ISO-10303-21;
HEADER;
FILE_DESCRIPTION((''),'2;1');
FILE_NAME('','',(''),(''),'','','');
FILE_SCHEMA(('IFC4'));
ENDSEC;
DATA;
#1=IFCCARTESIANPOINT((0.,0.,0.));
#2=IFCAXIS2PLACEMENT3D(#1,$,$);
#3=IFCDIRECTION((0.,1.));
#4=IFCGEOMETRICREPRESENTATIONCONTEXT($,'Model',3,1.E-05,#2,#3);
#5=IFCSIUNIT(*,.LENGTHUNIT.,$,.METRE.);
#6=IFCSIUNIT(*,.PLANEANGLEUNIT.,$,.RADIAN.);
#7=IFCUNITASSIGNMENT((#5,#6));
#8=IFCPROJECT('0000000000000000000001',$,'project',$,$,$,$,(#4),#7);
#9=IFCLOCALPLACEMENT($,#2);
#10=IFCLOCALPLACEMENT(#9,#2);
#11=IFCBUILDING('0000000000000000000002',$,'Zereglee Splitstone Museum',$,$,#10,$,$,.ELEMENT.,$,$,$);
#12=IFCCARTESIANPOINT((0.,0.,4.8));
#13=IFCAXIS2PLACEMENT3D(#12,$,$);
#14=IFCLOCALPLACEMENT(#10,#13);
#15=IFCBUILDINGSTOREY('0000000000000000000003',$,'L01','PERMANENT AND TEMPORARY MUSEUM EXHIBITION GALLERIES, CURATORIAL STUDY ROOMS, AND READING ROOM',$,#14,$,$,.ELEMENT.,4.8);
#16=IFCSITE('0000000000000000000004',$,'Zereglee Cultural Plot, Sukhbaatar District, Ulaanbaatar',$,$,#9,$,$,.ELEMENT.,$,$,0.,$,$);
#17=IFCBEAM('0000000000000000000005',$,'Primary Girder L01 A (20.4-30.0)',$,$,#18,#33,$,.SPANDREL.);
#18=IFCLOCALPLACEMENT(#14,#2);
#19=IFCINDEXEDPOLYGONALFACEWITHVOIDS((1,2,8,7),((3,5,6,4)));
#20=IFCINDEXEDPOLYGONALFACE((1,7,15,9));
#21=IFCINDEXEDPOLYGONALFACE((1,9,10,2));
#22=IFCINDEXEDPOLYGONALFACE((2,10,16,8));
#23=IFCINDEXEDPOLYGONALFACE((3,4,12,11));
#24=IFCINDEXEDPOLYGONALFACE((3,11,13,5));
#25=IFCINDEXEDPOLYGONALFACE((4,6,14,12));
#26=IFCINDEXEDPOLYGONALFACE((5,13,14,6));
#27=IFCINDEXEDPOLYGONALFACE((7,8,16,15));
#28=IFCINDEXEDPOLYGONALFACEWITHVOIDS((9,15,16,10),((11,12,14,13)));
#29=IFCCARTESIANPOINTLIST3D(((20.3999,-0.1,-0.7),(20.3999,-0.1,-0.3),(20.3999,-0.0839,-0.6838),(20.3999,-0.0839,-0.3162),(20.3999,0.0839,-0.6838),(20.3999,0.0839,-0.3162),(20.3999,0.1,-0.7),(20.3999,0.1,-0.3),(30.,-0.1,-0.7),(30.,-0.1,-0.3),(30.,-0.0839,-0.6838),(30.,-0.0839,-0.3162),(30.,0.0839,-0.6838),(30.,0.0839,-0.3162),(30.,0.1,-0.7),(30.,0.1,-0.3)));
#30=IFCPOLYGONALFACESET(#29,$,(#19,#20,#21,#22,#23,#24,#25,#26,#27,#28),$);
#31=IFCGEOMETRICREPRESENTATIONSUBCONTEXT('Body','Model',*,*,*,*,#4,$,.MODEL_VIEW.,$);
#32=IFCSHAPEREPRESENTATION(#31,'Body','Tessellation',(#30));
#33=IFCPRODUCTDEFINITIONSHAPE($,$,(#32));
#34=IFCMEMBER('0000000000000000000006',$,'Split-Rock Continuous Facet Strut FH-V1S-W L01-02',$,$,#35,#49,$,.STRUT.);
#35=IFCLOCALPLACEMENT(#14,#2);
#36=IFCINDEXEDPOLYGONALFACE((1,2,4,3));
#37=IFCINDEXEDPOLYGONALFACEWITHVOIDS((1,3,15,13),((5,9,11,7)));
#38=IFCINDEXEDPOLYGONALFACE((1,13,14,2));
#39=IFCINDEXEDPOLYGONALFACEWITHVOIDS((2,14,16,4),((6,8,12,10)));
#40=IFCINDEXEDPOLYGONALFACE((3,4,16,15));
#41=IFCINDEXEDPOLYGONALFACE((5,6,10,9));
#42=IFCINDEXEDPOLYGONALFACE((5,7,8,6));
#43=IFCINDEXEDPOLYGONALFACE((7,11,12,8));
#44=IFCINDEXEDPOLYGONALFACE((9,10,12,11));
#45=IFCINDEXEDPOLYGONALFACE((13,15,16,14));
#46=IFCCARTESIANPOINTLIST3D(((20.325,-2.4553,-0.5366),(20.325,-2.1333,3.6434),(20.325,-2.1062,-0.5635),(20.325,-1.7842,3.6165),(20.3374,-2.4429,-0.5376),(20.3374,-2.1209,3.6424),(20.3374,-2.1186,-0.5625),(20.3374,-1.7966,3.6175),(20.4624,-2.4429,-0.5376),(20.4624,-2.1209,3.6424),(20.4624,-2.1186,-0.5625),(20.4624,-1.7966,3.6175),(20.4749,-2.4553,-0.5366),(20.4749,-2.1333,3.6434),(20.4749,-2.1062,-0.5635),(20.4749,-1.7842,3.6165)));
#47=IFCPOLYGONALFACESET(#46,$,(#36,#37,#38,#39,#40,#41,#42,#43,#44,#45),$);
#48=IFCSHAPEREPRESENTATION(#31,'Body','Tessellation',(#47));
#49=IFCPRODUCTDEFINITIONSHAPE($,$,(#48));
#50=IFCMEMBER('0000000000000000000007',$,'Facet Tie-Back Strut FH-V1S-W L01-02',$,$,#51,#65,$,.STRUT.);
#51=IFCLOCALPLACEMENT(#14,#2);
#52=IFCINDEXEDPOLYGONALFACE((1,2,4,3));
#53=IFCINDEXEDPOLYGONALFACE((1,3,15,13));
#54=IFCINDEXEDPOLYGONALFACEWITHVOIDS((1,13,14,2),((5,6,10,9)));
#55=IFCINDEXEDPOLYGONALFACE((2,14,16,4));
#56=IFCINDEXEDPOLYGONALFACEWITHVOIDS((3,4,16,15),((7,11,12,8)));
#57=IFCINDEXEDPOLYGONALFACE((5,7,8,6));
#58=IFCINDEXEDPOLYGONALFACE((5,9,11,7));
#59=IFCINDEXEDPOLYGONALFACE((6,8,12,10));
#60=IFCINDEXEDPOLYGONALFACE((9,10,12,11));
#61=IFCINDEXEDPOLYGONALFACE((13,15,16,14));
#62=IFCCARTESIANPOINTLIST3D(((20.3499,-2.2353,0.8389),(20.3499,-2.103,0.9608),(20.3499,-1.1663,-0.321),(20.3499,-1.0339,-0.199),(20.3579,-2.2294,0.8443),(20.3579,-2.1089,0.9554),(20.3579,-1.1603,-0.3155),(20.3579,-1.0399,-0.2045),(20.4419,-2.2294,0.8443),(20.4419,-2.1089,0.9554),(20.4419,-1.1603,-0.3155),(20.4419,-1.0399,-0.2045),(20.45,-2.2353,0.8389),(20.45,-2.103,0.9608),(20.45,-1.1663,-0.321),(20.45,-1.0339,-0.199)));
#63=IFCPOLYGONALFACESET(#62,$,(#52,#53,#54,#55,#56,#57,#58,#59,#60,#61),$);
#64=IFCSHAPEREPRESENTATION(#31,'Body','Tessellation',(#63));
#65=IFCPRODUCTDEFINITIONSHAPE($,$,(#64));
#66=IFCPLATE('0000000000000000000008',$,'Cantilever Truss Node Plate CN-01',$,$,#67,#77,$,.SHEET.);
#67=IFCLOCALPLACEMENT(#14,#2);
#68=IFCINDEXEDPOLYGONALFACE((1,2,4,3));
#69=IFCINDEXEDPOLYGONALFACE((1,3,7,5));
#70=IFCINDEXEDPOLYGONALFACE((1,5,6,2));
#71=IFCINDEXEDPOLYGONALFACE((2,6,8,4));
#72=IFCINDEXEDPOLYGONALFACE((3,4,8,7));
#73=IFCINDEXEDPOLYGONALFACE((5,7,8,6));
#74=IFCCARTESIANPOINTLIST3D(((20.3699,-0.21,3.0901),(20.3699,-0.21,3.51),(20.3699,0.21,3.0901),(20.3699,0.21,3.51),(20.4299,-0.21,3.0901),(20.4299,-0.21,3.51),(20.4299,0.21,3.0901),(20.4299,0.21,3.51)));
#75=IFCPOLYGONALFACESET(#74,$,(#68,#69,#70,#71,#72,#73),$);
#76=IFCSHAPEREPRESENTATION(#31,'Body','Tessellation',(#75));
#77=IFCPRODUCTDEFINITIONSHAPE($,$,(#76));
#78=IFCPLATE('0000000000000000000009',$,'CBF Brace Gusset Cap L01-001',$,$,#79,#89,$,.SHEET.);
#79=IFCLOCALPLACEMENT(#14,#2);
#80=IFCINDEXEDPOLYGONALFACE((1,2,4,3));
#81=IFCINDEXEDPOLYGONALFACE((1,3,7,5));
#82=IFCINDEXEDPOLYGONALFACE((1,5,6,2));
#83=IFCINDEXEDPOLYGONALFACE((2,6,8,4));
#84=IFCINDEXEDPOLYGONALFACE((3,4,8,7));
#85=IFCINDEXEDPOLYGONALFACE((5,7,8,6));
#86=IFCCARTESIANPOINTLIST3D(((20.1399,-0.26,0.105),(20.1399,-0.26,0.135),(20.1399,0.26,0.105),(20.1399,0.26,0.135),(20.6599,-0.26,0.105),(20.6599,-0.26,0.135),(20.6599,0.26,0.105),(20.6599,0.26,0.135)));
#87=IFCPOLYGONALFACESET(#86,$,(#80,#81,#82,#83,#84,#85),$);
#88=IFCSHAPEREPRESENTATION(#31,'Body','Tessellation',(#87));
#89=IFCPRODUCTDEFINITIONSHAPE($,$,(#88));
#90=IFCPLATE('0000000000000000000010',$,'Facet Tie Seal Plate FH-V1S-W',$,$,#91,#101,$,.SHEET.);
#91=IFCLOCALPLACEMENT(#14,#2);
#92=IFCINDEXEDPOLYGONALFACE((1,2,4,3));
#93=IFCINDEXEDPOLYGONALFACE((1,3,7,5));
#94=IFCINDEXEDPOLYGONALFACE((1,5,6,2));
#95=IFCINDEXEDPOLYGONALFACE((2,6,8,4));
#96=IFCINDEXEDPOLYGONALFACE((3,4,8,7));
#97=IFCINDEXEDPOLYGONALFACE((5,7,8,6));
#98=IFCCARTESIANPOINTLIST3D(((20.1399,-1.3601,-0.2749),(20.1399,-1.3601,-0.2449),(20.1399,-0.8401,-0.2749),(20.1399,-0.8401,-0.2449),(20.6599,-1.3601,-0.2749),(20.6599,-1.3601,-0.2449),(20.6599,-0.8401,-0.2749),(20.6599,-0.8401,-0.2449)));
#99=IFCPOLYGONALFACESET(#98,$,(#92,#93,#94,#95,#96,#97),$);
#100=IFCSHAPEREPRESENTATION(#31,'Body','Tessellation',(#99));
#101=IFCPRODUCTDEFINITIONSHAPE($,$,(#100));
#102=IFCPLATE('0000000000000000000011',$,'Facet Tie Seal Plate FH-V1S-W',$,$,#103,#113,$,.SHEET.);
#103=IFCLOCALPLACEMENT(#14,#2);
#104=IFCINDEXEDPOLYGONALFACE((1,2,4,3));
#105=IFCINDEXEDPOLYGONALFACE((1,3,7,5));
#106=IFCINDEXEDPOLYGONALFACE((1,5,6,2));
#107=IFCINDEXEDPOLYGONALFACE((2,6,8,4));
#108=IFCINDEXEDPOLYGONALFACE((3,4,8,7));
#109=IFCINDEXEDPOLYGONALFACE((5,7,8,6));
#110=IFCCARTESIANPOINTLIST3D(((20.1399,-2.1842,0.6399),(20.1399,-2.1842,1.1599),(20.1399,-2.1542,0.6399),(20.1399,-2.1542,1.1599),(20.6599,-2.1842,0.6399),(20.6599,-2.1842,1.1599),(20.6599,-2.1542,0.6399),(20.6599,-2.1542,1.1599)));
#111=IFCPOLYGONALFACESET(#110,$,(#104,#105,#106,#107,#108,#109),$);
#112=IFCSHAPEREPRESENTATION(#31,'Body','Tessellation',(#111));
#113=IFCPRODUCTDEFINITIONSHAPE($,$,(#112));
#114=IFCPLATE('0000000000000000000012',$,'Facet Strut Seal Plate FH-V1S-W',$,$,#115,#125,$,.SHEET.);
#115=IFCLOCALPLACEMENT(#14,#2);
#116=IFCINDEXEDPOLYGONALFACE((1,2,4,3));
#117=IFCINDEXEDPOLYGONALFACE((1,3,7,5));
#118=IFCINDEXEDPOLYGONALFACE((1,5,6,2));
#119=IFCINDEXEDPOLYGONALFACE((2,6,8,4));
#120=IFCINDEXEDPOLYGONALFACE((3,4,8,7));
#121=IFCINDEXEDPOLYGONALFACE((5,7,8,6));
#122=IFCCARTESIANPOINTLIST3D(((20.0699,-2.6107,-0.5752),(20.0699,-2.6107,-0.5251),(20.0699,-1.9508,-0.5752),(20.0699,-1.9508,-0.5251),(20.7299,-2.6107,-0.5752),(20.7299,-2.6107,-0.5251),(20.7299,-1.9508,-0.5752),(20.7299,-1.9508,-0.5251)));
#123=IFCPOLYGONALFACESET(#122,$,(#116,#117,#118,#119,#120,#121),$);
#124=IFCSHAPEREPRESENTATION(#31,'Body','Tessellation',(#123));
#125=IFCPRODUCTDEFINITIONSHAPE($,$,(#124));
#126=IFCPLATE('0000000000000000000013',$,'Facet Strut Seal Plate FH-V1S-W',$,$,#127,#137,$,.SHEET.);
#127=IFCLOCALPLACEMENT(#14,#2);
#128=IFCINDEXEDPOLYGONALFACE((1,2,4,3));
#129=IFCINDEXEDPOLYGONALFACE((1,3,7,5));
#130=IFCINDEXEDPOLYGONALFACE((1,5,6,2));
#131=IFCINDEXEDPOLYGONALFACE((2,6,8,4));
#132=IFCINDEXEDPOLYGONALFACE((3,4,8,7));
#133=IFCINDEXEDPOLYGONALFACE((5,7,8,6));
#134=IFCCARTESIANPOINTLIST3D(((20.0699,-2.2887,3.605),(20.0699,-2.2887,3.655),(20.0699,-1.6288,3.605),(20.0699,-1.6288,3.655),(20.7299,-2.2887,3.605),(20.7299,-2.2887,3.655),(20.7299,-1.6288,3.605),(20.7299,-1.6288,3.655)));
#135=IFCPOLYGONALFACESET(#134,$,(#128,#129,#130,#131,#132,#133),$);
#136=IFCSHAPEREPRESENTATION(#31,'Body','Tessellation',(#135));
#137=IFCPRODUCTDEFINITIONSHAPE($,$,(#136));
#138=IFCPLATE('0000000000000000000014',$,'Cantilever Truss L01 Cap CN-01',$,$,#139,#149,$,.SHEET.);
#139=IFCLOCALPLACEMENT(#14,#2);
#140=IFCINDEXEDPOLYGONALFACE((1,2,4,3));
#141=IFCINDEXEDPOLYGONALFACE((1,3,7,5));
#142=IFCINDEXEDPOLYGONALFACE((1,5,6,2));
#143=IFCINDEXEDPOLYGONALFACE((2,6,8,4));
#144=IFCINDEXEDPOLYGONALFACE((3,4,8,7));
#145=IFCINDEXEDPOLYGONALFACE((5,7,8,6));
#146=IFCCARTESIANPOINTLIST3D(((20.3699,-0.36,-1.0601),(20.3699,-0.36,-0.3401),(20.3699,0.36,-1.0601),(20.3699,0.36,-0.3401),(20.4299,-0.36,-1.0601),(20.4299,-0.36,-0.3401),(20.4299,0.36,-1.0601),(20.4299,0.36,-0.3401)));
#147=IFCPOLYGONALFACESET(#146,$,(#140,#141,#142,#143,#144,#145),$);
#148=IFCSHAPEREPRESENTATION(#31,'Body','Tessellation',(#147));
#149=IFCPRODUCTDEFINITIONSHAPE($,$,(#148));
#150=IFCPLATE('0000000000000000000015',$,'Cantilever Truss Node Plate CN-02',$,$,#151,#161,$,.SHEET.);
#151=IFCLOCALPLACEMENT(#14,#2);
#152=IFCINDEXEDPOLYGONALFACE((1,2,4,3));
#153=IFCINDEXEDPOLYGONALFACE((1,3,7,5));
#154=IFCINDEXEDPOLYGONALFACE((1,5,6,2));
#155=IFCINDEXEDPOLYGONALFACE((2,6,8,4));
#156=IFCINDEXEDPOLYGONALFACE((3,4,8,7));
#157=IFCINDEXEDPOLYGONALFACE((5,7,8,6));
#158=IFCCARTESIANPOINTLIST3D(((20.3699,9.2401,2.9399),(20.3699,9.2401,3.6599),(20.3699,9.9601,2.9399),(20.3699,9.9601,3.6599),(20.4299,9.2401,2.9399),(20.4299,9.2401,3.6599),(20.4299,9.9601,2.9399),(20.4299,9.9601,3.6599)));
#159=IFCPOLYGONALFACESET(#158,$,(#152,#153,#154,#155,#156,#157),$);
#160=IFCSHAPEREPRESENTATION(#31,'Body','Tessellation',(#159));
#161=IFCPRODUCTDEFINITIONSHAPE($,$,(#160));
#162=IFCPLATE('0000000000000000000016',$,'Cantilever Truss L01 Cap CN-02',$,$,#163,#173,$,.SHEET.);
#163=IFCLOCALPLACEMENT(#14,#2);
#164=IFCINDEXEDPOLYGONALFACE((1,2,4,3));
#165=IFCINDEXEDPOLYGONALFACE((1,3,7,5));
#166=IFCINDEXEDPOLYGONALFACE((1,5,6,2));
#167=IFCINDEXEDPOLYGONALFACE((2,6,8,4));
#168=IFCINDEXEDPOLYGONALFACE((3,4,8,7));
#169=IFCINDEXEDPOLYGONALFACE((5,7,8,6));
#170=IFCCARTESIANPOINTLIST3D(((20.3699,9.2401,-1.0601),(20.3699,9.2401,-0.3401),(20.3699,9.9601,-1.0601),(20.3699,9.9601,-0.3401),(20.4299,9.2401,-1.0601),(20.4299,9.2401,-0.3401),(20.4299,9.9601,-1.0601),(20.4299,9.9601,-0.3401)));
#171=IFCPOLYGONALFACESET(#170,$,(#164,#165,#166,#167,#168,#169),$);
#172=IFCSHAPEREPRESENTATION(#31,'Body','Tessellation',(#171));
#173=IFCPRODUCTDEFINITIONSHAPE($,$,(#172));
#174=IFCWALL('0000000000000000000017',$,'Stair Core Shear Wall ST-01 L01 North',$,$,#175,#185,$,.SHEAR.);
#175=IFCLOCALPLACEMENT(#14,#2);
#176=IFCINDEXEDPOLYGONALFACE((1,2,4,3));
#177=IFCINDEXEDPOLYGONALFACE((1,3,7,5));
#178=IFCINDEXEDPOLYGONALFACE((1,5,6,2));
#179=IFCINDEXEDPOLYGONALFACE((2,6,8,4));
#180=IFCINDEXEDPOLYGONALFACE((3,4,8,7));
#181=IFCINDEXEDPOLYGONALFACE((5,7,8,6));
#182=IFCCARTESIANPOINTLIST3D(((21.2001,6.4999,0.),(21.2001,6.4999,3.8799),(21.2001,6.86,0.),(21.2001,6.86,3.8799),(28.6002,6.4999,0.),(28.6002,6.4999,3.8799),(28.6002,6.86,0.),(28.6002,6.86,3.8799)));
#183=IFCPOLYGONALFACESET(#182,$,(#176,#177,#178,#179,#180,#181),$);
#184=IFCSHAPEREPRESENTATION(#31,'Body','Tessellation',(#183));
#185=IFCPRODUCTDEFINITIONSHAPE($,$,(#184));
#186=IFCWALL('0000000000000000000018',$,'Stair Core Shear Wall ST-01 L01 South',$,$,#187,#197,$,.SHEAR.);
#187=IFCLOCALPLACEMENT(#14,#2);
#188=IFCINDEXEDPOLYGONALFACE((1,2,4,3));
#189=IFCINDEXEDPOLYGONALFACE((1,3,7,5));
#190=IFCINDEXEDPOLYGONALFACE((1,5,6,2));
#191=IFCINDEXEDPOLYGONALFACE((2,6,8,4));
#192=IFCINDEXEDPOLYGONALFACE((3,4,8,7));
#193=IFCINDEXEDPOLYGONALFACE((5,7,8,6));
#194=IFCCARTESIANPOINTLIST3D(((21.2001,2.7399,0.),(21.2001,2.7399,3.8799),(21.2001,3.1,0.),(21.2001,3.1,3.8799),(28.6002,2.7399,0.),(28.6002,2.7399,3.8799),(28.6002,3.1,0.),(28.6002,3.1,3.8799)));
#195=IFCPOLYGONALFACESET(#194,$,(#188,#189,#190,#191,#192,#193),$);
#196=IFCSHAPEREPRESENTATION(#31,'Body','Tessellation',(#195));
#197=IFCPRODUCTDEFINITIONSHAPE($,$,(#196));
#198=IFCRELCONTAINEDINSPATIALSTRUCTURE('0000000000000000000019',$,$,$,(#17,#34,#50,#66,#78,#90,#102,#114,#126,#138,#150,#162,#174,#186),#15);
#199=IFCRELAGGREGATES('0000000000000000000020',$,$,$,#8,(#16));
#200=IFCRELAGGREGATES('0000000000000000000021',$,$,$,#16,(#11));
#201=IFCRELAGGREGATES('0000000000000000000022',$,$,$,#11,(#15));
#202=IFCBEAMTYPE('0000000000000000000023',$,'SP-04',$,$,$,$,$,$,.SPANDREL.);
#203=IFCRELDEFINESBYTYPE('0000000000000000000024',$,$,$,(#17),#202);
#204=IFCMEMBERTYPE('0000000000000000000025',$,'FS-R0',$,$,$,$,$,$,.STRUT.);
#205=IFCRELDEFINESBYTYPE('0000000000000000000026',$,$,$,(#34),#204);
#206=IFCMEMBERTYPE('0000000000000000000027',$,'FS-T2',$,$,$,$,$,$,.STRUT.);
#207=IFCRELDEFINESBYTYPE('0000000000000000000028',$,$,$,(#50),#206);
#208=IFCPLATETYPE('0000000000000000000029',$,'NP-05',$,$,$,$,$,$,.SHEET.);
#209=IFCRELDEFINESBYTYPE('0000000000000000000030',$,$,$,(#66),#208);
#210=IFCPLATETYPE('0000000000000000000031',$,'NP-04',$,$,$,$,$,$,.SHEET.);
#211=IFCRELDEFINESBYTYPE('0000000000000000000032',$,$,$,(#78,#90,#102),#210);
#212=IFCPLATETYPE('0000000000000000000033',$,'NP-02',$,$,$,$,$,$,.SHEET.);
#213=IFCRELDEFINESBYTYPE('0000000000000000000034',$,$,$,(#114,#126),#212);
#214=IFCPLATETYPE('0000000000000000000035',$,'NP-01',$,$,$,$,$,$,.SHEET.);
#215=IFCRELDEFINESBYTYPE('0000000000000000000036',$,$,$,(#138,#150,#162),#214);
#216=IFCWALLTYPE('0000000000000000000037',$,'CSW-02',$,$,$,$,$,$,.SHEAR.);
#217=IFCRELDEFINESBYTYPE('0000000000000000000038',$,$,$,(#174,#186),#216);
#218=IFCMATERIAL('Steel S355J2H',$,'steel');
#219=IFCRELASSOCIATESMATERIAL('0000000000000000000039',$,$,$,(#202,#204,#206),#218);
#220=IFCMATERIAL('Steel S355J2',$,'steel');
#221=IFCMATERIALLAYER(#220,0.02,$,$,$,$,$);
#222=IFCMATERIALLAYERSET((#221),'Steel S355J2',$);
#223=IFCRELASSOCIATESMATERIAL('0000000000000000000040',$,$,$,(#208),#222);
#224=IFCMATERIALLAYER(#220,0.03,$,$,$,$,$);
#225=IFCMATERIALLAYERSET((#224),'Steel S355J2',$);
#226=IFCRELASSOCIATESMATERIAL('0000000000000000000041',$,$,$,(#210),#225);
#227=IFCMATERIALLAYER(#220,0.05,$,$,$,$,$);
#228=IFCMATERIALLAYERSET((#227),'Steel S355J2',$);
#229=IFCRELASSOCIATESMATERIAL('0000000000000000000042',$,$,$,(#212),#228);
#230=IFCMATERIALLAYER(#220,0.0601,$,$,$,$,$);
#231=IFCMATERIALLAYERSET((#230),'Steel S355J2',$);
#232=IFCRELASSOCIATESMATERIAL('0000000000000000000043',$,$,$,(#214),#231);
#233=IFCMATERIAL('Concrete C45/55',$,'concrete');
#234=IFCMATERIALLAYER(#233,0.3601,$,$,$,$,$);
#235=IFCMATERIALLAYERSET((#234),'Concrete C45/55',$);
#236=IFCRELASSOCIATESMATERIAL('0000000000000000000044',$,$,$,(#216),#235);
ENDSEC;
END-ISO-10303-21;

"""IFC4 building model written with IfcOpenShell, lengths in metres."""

from ifc_helpers import new_model, si_unit, direction, frame, frame_2d, origin, origin_2d, place, context, subcontext, project, spatial, rectangle, hollow_rectangle, extrude, material, layer, layer_set, material_profile, profile_set, type_object, element, save


model = new_model("IFC4")

# Units and contexts
model_context = context("Model", 3, precision=1e-05, world=origin(), true_north=direction((0.0, 1.0)))
body_context = subcontext(model_context, "Body", "Model", "MODEL_VIEW")
ifc_project = project(units=[si_unit("LENGTHUNIT", "METRE"), si_unit("PLANEANGLEUNIT", "RADIAN")], contexts=[model_context])

# Site, building, storey
site_placement = place(None, origin())
site = spatial("IfcSite", under=ifc_project, at=site_placement, Name="Zereglee Cultural Plot, Sukhbaatar District, Ulaanbaatar", CompositionType="ELEMENT", RefElevation=0.0)
building_placement = place(site_placement, origin())
building = spatial("IfcBuilding", under=site, at=building_placement, Name="Zereglee Splitstone Museum", CompositionType="ELEMENT")
storey_placement = place(building_placement, frame((0.0, 0.0, 4.8)))
storey = spatial("IfcBuildingStorey", under=building, at=storey_placement, Name="L01", Description="PERMANENT AND TEMPORARY MUSEUM EXHIBITION GALLERIES, CURATORIAL STUDY ROOMS, AND READING ROOM", CompositionType="ELEMENT", Elevation=4.8)

# Shared definitions
ifc_material_1 = material(Name="Steel S355J2H", Category="steel")

# Shared definitions
ifc_material_2 = material(Name="Steel S355J2", Category="steel")

# Beam
ifc_material_profile_1 = material_profile(ifc_material_1, hollow_rectangle(XDim=0.2, YDim=0.3999, WallThickness=0.0161, at=origin_2d()), Name="RHS 400x200x16")
ifc_profile_set_1 = profile_set([ifc_material_profile_1], Name="Steel S355J2H")
beam_type_1 = type_object("IfcBeamType", Name="SP-04", PredefinedType="SPANDREL", material=ifc_profile_set_1)
beam_1_placement = place(storey_placement, frame((20.3999, 0.0, -0.5), z_axis=(1.0, 0.0, 0.0), x_axis=(0.0, 1.0, 0.0)))
element("IfcBeam", 1, at=beam_1_placement, inside=storey, type_object=beam_type_1, Name="Primary Girder L01 A (20.4-30.0)", PredefinedType="SPANDREL", context=body_context, shape_type="SweptSolid", body=[
    extrude(hollow_rectangle(XDim=0.2, YDim=0.3999, WallThickness=0.0161, at=origin_2d()), origin(), (0.0, 0.0, 1.0), 9.6001),
])

# Members
ifc_material_profile_2 = material_profile(ifc_material_1, hollow_rectangle(XDim=0.1499, YDim=0.3501, WallThickness=0.0125, at=origin_2d()), Name="RHS 350x150x12.5")
ifc_profile_set_2 = profile_set([ifc_material_profile_2], Name="Steel S355J2H")
member_type_1 = type_object("IfcMemberType", Name="FS-R0", PredefinedType="STRUT", material=ifc_profile_set_2)
member_1_placement = place(storey_placement, frame((20.3999, -2.2808, -0.55), z_axis=(0.0, 0.076812, 0.997046), x_axis=(-1.0, 0.0, 0.0)))
element("IfcMember", 2, at=member_1_placement, inside=storey, type_object=member_type_1, Name="Split-Rock Continuous Facet Strut FH-V1S-W L01-02", PredefinedType="STRUT", context=body_context, shape_type="SweptSolid", body=[
    extrude(hollow_rectangle(XDim=0.1499, YDim=0.3501, WallThickness=0.0125, at=origin_2d()), origin(), (0.0, 0.0, 1.0), 4.1924),
])
ifc_material_profile_3 = material_profile(ifc_material_1, hollow_rectangle(XDim=0.1001, YDim=0.1799, WallThickness=0.0081, at=origin_2d()), Name="RHS 180x100x8")
ifc_profile_set_3 = profile_set([ifc_material_profile_3], Name="Steel S355J2H")
member_type_2 = type_object("IfcMemberType", Name="FS-T2", PredefinedType="STRUT", material=ifc_profile_set_3)
member_2_placement = place(storey_placement, frame((20.3999, -1.1001, -0.26), z_axis=(0.0, -0.677734, 0.735308), x_axis=(1.0, 0.0, 0.0)))
element("IfcMember", 3, at=member_2_placement, inside=storey, type_object=member_type_2, Name="Facet Tie-Back Strut FH-V1S-W L01-02", PredefinedType="STRUT", context=body_context, shape_type="SweptSolid", body=[
    extrude(hollow_rectangle(XDim=0.1001, YDim=0.1799, WallThickness=0.0081, at=origin_2d()), origin(), (0.0, 0.0, 1.0), 1.5774),
])

# Plates
ifc_layer_1 = layer(ifc_material_2, 0.02)
ifc_layer_set_1 = layer_set([ifc_layer_1], Name="Steel S355J2")
plate_type_1 = type_object("IfcPlateType", Name="NP-05", PredefinedType="SHEET", material=ifc_layer_set_1)
plate_1_placement = place(storey_placement, frame((20.3999, 0.0, 3.0901), z_axis=(0.0, 0.0, 1.0), x_axis=(1.0, 0.0, 0.0)))
element("IfcPlate", 4, at=plate_1_placement, inside=storey, type_object=plate_type_1, Name="Cantilever Truss Node Plate CN-01", PredefinedType="SHEET", context=body_context, shape_type="SweptSolid", body=[
    extrude(rectangle(XDim=0.0601, YDim=0.4199, at=origin_2d()), origin(), (0.0, 0.0, 1.0), 0.4199),
])
ifc_layer_2 = layer(ifc_material_2, 0.03)
ifc_layer_set_2 = layer_set([ifc_layer_2], Name="Steel S355J2")
plate_type_2 = type_object("IfcPlateType", Name="NP-04", PredefinedType="SHEET", material=ifc_layer_set_2)
for number, where, z_axis, x_axis, name in (
    (5, (20.3999, 0.0, 0.105), (0.0, 0.0, 1.0), (1.0, 0.0, 0.0), "CBF Brace Gusset Cap L01-001"),
    (6, (20.3999, -1.1001, -0.2749), (0.0, 0.0, 1.0), (1.0, 0.0, 0.0), "Facet Tie Seal Plate FH-V1S-W"),
):
    element("IfcPlate", number, at=place(storey_placement, frame(where, z_axis=z_axis, x_axis=x_axis)), inside=storey, type_object=plate_type_2, Name=name, PredefinedType="SHEET", context=body_context, shape_type="SweptSolid", body=[
        extrude(rectangle(XDim=0.52, YDim=0.52, at=origin_2d()), origin(), (0.0, 0.0, 1.0), 0.03),
    ])
plate_2_placement = place(storey_placement, frame((20.3999, -2.1692, 0.6399), z_axis=(0.0, 0.0, 1.0), x_axis=(1.0, 0.0, 0.0)))
element("IfcPlate", 7, at=plate_2_placement, inside=storey, type_object=plate_type_2, Name="Facet Tie Seal Plate FH-V1S-W", PredefinedType="SHEET", context=body_context, shape_type="SweptSolid", body=[
    extrude(rectangle(XDim=0.52, YDim=0.03, at=origin_2d()), origin(), (0.0, 0.0, 1.0), 0.52),
])
ifc_layer_3 = layer(ifc_material_2, 0.05)
ifc_layer_set_3 = layer_set([ifc_layer_3], Name="Steel S355J2")
plate_type_3 = type_object("IfcPlateType", Name="NP-02", PredefinedType="SHEET", material=ifc_layer_set_3)
for number, where, z_axis, x_axis, name in (
    (8, (20.3999, -2.2808, -0.5752), (0.0, 0.0, 1.0), (1.0, 0.0, 0.0), "Facet Strut Seal Plate FH-V1S-W"),
    (9, (20.3999, -1.9587, 3.605), (0.0, 0.0, 1.0), (1.0, 0.0, 0.0), "Facet Strut Seal Plate FH-V1S-W"),
):
    element("IfcPlate", number, at=place(storey_placement, frame(where, z_axis=z_axis, x_axis=x_axis)), inside=storey, type_object=plate_type_3, Name=name, PredefinedType="SHEET", context=body_context, shape_type="SweptSolid", body=[
        extrude(rectangle(XDim=0.6599, YDim=0.6599, at=origin_2d()), origin(), (0.0, 0.0, 1.0), 0.05),
    ])
ifc_layer_4 = layer(ifc_material_2, 0.0601)
ifc_layer_set_4 = layer_set([ifc_layer_4], Name="Steel S355J2")
plate_type_4 = type_object("IfcPlateType", Name="NP-01", PredefinedType="SHEET", material=ifc_layer_set_4)
for number, where, z_axis, x_axis, name in (
    (10, (20.3999, 0.0, -1.0601), (0.0, 0.0, 1.0), (1.0, 0.0, 0.0), "Cantilever Truss L01 Cap CN-01"),
    (11, (20.3999, 9.6001, 2.9399), (0.0, 0.0, 1.0), (1.0, 0.0, 0.0), "Cantilever Truss Node Plate CN-02"),
    (12, (20.3999, 9.6001, -1.0601), (0.0, 0.0, 1.0), (1.0, 0.0, 0.0), "Cantilever Truss L01 Cap CN-02"),
):
    element("IfcPlate", number, at=place(storey_placement, frame(where, z_axis=z_axis, x_axis=x_axis)), inside=storey, type_object=plate_type_4, Name=name, PredefinedType="SHEET", context=body_context, shape_type="SweptSolid", body=[
        extrude(rectangle(XDim=0.0601, YDim=0.72, at=origin_2d()), origin(), (0.0, 0.0, 1.0), 0.72),
    ])

# Shared definitions
ifc_material_3 = material(Name="Concrete C45/55", Category="concrete")
ifc_layer_5 = layer(ifc_material_3, 0.3601)
ifc_layer_set_5 = layer_set([ifc_layer_5], Name="Concrete C45/55")
wall_type_1 = type_object("IfcWallType", Name="CSW-02", PredefinedType="SHEAR", material=ifc_layer_set_5)

# Walls
for number, where, z_axis, x_axis, name in (
    (13, (21.2, 6.6799, 0.0), (0.0, 0.0, 1.0), (1.0, 0.0, 0.0), "Stair Core Shear Wall ST-01 L01 North"),
    (14, (21.2, 2.9199, 0.0), (0.0, 0.0, 1.0), (1.0, 0.0, 0.0), "Stair Core Shear Wall ST-01 L01 South"),
):
    element("IfcWall", number, at=place(storey_placement, frame(where, z_axis=z_axis, x_axis=x_axis)), inside=storey, type_object=wall_type_1, Name=name, PredefinedType="SHEAR", context=body_context, shape_type="SweptSolid", body=[
        extrude(rectangle(XDim=7.4001, YDim=0.3601, at=frame_2d((3.7002, 0.0))), origin(), (0.0, 0.0, 1.0), 3.8799),
    ])

save(model, "model.ifc")
